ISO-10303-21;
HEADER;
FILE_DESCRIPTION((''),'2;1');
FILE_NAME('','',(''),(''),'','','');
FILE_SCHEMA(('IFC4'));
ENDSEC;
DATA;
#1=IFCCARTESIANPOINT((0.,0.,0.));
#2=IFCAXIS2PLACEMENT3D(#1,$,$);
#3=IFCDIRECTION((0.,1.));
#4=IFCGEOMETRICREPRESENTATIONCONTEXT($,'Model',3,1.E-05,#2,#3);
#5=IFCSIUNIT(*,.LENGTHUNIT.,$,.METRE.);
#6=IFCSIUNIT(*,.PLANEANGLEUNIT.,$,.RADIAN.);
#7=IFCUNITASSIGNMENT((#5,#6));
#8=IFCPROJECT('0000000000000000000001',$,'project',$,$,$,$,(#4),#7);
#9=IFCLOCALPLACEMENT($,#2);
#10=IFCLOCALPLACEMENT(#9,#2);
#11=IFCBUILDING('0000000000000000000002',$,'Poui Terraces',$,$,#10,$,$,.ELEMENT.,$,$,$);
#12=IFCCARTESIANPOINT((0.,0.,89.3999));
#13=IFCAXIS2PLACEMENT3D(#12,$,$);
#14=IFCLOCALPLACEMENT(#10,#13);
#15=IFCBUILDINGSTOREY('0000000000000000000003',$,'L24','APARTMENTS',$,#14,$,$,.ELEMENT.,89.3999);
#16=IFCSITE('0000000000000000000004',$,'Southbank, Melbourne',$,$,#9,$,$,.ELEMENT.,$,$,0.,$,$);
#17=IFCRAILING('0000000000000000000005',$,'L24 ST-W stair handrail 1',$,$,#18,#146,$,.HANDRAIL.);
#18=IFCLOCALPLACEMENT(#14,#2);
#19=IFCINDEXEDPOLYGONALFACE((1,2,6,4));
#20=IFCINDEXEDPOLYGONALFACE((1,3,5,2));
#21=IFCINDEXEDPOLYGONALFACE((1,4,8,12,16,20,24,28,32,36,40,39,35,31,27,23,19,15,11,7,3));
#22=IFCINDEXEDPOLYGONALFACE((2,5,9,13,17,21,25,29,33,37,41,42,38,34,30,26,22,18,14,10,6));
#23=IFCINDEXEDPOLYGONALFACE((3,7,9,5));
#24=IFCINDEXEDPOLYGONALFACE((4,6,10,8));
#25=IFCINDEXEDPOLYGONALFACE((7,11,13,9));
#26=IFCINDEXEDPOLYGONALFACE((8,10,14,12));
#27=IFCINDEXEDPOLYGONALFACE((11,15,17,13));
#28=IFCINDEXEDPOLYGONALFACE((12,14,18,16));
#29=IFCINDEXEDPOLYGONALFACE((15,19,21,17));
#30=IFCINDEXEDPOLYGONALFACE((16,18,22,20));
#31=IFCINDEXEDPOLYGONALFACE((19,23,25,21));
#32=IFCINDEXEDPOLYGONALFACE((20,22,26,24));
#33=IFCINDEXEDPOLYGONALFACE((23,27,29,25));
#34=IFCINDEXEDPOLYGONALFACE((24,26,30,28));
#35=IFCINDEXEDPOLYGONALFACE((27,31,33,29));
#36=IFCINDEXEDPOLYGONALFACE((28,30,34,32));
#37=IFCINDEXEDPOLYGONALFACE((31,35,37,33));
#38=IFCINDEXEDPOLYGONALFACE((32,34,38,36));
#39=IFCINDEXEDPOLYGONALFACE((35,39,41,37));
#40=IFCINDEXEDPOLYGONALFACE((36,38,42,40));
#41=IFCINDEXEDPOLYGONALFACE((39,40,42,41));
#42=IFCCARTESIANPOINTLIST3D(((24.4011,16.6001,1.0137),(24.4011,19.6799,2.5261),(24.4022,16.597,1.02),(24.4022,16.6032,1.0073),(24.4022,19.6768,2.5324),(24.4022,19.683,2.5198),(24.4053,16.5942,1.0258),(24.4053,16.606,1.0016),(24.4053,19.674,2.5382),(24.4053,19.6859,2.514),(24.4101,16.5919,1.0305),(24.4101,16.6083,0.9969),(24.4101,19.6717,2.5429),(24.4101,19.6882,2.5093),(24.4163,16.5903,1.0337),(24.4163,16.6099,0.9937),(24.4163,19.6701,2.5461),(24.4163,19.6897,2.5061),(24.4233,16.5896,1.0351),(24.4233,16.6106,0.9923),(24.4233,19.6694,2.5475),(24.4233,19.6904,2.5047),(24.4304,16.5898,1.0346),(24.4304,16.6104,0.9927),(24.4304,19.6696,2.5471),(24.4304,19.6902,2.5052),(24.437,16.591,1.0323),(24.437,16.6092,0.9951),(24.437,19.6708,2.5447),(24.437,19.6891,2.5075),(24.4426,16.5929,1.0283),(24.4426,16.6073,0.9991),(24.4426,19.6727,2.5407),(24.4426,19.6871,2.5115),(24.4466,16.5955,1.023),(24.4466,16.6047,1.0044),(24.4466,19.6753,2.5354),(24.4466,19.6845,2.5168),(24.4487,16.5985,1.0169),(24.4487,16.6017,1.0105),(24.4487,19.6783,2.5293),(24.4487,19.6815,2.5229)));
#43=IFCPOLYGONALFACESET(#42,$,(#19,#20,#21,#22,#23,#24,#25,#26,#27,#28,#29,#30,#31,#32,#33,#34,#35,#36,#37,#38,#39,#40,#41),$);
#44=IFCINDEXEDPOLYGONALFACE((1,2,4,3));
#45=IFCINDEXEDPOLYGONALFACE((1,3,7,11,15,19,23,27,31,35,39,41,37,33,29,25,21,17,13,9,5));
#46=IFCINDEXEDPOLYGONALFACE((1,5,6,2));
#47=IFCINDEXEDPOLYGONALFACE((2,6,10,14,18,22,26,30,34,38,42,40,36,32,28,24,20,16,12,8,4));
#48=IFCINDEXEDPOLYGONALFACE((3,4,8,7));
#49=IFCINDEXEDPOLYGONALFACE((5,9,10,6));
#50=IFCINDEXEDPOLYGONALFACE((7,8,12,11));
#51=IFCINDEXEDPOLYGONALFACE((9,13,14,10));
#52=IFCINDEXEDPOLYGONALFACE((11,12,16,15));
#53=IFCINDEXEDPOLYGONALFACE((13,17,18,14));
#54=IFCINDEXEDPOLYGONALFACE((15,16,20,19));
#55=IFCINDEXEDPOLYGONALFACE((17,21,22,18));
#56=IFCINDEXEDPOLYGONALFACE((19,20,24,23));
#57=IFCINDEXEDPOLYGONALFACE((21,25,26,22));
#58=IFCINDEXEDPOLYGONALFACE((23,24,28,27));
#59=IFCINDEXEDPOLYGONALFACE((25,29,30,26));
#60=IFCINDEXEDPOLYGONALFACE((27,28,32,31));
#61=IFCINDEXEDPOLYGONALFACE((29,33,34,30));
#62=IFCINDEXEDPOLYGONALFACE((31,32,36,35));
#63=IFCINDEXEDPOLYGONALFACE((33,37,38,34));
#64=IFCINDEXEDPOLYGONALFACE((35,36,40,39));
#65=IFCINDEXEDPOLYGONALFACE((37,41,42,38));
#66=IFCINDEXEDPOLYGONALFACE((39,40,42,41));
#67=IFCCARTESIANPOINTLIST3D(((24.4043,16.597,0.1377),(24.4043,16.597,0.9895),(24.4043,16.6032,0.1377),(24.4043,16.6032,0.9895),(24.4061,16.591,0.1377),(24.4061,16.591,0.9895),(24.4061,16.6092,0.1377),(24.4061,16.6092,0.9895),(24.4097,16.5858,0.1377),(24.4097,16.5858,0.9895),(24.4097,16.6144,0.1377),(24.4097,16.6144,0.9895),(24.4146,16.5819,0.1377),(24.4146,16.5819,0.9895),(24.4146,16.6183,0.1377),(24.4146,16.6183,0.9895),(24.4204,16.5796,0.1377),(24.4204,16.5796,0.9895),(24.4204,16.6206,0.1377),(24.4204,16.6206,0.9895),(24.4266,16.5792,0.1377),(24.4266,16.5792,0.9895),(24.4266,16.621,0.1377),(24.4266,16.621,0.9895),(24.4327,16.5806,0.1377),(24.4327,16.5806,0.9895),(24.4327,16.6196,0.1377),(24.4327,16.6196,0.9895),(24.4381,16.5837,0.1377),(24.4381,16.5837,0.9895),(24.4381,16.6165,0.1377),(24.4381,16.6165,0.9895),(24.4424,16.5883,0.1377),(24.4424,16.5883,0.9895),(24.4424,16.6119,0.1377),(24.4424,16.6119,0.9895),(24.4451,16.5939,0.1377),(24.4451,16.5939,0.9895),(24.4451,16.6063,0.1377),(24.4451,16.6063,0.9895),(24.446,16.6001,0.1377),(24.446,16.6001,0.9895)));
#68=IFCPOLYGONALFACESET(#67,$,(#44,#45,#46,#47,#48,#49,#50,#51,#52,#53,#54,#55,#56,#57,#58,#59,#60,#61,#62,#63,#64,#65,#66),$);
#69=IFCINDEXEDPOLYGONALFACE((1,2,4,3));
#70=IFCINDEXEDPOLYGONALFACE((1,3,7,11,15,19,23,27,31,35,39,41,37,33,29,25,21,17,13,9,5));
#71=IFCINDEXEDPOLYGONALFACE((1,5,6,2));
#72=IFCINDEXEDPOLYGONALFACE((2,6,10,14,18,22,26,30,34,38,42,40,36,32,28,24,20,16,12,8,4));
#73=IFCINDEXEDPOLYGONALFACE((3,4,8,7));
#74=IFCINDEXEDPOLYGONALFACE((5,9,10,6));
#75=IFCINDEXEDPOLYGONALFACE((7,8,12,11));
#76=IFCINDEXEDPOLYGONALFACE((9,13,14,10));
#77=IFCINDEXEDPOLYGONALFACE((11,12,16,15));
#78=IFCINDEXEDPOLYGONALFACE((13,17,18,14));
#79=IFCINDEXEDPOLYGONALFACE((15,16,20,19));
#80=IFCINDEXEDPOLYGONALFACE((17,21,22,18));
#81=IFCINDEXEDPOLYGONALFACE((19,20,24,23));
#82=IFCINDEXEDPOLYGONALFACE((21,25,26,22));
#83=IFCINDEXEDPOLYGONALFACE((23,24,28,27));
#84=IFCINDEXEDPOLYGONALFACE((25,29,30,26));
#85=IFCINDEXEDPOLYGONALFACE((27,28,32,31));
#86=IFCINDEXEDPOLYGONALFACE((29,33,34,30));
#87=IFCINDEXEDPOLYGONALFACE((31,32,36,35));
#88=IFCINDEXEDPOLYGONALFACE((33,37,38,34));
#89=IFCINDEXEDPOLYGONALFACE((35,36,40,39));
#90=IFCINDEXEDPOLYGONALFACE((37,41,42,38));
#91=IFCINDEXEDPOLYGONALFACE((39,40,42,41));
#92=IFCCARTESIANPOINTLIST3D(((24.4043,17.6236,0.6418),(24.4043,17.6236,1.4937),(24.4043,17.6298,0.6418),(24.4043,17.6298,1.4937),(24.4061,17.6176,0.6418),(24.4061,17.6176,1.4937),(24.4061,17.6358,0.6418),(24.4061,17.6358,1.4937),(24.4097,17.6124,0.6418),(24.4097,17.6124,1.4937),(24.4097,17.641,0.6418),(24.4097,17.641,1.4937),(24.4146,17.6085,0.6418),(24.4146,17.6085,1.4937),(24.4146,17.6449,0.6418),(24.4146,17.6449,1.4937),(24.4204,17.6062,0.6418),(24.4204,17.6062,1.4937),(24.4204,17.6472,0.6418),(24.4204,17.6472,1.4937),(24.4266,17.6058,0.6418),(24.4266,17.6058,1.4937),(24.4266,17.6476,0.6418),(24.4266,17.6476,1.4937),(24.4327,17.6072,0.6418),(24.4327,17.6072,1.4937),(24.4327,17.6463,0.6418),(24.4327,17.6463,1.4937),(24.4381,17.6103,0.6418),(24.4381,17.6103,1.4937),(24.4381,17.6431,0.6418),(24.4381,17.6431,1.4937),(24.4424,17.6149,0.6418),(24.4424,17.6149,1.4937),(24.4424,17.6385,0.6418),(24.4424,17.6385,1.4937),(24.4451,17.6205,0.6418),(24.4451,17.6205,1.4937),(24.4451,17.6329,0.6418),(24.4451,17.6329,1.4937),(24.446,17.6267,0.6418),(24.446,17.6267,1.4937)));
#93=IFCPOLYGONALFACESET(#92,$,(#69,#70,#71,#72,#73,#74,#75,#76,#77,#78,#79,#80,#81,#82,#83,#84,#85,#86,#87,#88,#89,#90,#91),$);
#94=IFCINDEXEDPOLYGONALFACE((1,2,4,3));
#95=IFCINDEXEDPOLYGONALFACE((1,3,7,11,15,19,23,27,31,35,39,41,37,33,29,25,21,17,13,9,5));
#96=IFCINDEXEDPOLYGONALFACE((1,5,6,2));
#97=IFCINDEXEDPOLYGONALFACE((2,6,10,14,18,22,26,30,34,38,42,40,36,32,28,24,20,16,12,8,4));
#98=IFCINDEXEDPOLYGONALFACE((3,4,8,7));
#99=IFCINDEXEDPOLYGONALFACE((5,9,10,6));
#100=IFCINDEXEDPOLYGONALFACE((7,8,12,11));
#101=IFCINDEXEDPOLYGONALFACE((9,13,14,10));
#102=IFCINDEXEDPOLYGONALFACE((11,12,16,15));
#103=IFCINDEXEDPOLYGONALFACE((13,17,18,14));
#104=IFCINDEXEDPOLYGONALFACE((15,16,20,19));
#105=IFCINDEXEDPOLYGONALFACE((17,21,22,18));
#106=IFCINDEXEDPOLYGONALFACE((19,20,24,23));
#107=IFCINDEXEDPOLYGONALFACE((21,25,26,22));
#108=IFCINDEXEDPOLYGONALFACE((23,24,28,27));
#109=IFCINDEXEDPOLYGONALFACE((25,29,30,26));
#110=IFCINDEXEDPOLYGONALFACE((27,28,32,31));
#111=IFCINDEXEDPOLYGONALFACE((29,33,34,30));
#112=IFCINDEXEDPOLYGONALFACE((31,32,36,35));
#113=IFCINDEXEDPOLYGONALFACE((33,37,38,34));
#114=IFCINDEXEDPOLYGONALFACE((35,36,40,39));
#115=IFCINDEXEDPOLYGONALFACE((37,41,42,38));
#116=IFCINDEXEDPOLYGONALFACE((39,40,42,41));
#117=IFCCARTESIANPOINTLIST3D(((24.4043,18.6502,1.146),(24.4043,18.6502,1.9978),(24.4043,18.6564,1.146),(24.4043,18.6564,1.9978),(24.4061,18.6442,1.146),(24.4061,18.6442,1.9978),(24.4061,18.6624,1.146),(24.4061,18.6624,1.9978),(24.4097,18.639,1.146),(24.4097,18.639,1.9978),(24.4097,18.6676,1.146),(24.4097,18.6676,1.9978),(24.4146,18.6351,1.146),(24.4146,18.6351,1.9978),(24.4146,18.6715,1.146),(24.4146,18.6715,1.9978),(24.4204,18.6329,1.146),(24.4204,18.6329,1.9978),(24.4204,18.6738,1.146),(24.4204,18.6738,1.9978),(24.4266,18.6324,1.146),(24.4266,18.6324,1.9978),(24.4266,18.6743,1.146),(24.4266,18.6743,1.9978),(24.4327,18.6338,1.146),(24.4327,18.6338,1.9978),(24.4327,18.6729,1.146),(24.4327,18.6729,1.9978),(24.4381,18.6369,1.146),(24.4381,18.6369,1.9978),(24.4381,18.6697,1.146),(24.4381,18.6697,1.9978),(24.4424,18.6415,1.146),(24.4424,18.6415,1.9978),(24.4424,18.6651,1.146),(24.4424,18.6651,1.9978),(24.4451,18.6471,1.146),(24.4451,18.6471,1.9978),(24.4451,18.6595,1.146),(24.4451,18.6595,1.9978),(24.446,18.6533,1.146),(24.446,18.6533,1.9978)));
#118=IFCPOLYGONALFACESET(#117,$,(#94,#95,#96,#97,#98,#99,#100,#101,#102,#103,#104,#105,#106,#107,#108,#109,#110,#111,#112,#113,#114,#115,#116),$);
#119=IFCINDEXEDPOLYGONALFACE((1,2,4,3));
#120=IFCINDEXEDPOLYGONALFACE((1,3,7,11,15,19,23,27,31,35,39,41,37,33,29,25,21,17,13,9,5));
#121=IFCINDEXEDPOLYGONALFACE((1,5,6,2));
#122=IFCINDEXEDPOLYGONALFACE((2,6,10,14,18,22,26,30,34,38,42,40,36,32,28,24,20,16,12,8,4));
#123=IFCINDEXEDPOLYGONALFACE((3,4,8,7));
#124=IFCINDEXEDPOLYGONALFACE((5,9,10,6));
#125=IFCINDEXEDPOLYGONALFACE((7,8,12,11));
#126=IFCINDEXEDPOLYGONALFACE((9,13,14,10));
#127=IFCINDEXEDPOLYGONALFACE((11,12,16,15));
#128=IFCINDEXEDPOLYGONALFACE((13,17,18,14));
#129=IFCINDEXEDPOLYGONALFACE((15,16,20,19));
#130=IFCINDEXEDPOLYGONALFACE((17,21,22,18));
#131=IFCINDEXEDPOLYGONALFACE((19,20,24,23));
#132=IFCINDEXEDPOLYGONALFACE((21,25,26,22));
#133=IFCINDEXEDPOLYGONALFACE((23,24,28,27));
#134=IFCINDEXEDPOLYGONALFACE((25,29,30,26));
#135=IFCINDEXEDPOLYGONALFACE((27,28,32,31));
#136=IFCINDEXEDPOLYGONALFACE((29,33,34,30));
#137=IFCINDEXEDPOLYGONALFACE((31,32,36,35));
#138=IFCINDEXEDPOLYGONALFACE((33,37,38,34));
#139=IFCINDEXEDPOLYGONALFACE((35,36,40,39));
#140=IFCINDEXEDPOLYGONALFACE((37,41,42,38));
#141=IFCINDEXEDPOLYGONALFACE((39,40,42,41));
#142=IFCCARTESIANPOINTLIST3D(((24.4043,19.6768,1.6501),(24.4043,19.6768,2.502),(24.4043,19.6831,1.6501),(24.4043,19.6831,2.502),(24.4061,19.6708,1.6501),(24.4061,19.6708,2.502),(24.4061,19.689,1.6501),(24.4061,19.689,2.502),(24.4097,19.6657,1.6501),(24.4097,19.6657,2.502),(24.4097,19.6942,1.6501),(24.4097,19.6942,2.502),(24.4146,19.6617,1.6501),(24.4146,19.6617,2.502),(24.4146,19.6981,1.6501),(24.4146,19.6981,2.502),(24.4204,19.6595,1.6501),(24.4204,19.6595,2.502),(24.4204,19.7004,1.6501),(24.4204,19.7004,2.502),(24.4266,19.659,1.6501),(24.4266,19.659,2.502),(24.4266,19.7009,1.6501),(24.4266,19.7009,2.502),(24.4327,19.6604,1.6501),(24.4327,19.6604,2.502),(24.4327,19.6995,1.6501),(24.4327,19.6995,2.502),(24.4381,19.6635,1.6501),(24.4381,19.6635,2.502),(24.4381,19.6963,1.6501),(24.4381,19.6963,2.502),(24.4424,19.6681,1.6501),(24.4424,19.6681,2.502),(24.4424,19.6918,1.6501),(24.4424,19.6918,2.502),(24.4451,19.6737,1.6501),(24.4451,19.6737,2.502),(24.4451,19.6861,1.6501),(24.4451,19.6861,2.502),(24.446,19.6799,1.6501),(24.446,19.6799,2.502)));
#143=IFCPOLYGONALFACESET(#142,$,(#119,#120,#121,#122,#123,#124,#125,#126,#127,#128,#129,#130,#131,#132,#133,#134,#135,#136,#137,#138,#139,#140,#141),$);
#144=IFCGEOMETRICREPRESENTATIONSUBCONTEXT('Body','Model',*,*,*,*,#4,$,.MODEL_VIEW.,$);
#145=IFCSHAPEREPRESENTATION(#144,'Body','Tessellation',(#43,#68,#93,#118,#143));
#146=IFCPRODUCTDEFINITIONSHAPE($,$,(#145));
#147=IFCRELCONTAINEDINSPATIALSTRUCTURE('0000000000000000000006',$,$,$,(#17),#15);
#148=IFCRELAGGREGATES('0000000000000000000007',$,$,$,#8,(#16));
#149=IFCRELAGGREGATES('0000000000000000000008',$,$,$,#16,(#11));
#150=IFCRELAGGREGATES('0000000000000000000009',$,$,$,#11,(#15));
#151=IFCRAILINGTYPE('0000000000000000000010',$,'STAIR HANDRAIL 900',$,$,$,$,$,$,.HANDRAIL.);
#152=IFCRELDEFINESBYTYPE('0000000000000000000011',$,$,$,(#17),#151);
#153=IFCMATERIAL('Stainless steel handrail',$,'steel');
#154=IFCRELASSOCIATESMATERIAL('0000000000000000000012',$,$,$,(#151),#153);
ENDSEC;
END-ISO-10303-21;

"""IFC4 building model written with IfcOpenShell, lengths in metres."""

from ifc_helpers import new_model, si_unit, direction, frame, origin, origin_2d, place, context, subcontext, project, spatial, circle, extrude, material, type_object, element, save


model = new_model("IFC4")

# Units and contexts
model_context = context("Model", 3, precision=1e-05, world=origin(), true_north=direction((0.0, 1.0)))
body_context = subcontext(model_context, "Body", "Model", "MODEL_VIEW")
ifc_project = project(units=[si_unit("LENGTHUNIT", "METRE"), si_unit("PLANEANGLEUNIT", "RADIAN")], contexts=[model_context])

# Site, building, storey
site_placement = place(None, origin())
site = spatial("IfcSite", under=ifc_project, at=site_placement, Name="Southbank, Melbourne", CompositionType="ELEMENT", RefElevation=0.0)
building_placement = place(site_placement, origin())
building = spatial("IfcBuilding", under=site, at=building_placement, Name="Poui Terraces", CompositionType="ELEMENT")
storey_placement = place(building_placement, frame((0.0, 0.0, 89.3999)))
storey = spatial("IfcBuildingStorey", under=building, at=storey_placement, Name="L24", Description="APARTMENTS", CompositionType="ELEMENT", Elevation=89.3999)

# Railing
ifc_material_1 = material(Name="Stainless steel handrail", Category="steel")
railing_type_1 = type_object("IfcRailingType", Name="STAIR HANDRAIL 900", PredefinedType="HANDRAIL", material=ifc_material_1)
railing_1_placement = place(storey_placement, frame((24.425, 16.6001, 0.1377)))
element("IfcRailing", 1, at=railing_1_placement, inside=storey, type_object=railing_type_1, Name="L24 ST-W stair handrail 1", PredefinedType="HANDRAIL", context=body_context, shape_type="SweptSolid", body=[
    extrude(circle(Radius=0.0239, at=origin_2d()), frame((0.0, 0.0, 0.876), z_axis=(0.0, 0.897606, 0.440798), x_axis=(-1.0, 0.0, 0.0)), (0.0, 0.0, 1.0), 3.4312),
    extrude(circle(Radius=0.021, at=origin_2d()), origin(), (0.0, 0.0, 1.0), 0.8518),
    extrude(circle(Radius=0.021, at=origin_2d()), frame((0.0, 1.0266, 0.5042)), (0.0, 0.0, 1.0), 0.8518),
    extrude(circle(Radius=0.021, at=origin_2d()), frame((0.0, 2.0532, 1.0083)), (0.0, 0.0, 1.0), 0.8518),
    extrude(circle(Radius=0.021, at=origin_2d()), frame((0.0, 3.0798, 1.5125)), (0.0, 0.0, 1.0), 0.8518),
])

save(model, "model.ifc")
